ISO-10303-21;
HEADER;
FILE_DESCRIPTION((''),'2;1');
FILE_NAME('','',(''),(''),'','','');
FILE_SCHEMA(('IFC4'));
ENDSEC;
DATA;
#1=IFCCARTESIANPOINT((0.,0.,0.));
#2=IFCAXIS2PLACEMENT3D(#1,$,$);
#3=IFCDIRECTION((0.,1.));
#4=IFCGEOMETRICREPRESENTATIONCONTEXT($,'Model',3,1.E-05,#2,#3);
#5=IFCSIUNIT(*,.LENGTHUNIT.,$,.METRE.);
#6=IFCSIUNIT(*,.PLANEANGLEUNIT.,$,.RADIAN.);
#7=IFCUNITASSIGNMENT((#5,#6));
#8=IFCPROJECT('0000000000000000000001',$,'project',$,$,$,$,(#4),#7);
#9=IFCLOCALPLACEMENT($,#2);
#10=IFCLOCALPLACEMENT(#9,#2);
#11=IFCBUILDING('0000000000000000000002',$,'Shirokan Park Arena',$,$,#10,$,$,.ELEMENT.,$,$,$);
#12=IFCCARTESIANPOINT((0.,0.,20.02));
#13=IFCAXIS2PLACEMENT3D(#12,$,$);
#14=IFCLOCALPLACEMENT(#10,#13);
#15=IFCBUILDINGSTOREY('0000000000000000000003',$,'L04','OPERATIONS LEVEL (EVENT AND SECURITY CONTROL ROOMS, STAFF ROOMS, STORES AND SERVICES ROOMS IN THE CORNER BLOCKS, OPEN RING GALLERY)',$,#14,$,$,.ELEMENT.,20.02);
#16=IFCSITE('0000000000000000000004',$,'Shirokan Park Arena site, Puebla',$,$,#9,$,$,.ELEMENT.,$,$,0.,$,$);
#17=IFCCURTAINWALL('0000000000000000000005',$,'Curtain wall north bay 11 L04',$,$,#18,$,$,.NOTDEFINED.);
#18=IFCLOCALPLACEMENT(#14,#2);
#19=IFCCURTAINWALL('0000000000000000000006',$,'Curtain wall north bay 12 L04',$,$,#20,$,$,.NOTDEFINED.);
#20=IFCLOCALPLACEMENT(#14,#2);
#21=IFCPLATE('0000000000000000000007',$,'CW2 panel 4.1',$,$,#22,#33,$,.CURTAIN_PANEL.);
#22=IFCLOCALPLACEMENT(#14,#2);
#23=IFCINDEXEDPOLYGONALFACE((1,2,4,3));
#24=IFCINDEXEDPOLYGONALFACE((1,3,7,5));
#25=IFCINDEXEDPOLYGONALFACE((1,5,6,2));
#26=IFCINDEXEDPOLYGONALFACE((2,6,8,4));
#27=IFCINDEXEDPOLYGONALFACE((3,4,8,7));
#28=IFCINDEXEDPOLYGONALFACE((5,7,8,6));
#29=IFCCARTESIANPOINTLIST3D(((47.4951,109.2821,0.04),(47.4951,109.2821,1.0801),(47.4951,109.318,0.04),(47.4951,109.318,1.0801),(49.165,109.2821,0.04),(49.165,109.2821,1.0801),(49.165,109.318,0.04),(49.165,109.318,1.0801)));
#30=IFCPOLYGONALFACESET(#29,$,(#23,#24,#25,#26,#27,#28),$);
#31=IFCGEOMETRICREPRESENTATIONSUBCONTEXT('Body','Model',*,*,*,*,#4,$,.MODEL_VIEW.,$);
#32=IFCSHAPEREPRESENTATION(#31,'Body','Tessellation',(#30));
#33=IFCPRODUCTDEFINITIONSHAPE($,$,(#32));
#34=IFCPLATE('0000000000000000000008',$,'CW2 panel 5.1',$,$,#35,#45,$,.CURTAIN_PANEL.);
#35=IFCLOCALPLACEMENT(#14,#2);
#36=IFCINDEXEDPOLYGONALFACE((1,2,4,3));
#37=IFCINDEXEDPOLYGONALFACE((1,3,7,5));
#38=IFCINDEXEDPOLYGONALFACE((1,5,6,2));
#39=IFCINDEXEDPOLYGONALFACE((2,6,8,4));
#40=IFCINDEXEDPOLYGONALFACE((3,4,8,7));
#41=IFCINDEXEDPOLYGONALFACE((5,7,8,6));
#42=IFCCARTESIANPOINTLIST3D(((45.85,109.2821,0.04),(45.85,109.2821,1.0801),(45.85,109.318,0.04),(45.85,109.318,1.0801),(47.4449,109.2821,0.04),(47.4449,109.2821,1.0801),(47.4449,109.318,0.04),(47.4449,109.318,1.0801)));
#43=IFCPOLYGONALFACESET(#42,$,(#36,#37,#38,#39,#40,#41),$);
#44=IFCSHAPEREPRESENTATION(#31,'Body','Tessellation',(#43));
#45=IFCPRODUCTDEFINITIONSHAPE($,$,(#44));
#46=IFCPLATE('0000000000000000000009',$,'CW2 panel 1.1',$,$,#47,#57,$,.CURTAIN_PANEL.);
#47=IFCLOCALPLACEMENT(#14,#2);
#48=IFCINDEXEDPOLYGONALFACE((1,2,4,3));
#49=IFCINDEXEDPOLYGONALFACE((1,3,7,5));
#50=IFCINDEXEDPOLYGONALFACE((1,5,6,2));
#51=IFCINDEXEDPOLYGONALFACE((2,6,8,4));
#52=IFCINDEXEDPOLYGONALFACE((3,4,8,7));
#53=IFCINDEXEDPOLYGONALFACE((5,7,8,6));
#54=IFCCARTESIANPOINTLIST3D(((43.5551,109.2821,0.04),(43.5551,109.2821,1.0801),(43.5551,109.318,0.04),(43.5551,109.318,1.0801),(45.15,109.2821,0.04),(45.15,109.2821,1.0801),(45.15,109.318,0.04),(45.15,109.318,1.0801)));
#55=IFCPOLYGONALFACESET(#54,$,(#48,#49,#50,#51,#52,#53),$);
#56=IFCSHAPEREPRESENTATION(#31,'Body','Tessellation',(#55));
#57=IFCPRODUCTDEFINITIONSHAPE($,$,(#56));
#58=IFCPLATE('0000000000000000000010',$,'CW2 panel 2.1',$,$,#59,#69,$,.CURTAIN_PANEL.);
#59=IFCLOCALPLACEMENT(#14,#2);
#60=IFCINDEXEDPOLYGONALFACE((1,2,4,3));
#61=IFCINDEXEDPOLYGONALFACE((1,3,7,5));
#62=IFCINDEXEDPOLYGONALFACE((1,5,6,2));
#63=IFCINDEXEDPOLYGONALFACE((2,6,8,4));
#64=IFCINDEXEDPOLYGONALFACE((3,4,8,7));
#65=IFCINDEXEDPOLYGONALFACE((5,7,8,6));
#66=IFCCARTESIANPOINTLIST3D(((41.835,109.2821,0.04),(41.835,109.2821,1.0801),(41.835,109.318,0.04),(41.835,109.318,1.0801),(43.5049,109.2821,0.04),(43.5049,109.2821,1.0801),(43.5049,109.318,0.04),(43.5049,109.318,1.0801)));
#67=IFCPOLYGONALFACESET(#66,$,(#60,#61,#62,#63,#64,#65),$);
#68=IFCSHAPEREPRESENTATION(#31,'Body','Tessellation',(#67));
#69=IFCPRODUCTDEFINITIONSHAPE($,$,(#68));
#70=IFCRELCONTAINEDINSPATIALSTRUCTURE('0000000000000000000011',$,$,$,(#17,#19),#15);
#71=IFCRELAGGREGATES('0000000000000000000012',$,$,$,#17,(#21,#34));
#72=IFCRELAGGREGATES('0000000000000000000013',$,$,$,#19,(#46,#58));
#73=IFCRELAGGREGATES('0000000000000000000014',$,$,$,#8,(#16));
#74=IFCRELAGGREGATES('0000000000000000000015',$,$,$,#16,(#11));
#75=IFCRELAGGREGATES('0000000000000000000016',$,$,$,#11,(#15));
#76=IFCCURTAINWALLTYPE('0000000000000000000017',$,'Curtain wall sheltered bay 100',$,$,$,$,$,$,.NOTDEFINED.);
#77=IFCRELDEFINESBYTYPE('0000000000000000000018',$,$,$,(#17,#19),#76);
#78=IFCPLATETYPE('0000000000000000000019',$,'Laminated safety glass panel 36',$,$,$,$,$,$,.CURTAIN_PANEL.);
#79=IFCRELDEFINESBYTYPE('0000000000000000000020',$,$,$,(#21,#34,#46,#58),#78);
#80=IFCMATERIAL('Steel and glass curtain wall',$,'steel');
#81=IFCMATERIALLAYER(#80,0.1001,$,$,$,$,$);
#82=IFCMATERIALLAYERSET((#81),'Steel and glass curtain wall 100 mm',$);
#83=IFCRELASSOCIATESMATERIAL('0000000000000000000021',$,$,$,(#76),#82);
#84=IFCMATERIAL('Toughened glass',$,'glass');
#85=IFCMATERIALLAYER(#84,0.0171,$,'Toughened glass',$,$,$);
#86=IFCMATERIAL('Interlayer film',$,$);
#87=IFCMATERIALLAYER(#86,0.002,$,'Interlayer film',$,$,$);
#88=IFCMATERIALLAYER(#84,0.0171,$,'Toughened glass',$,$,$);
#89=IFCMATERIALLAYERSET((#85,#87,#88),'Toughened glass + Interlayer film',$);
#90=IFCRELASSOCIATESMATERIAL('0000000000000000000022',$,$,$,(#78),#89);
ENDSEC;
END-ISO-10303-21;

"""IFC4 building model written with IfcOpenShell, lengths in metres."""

from ifc_helpers import new_model, si_unit, direction, frame, origin, origin_2d, place, context, subcontext, project, spatial, rectangle, extrude, material, layer, layer_set, type_object, element, aggregate, save


model = new_model("IFC4")

# Units and contexts
model_context = context("Model", 3, precision=1e-05, world=origin(), true_north=direction((0.0, 1.0)))
body_context = subcontext(model_context, "Body", "Model", "MODEL_VIEW")
ifc_project = project(units=[si_unit("LENGTHUNIT", "METRE"), si_unit("PLANEANGLEUNIT", "RADIAN")], contexts=[model_context])

# Site, building, storey
site_placement = place(None, origin())
site = spatial("IfcSite", under=ifc_project, at=site_placement, Name="Shirokan Park Arena site, Puebla", CompositionType="ELEMENT", RefElevation=0.0)
building_placement = place(site_placement, origin())
building = spatial("IfcBuilding", under=site, at=building_placement, Name="Shirokan Park Arena", CompositionType="ELEMENT")
storey_placement = place(building_placement, frame((0.0, 0.0, 20.02)))
storey = spatial("IfcBuildingStorey", under=building, at=storey_placement, Name="L04", Description="OPERATIONS LEVEL (EVENT AND SECURITY CONTROL ROOMS, STAFF ROOMS, STORES AND SERVICES ROOMS IN THE CORNER BLOCKS, OPEN RING GALLERY)", CompositionType="ELEMENT", Elevation=20.02)

# Curtain walls
ifc_material_1 = material(Name="Steel and glass curtain wall", Category="steel")
ifc_layer_1 = layer(ifc_material_1, 0.1001)
ifc_layer_set_1 = layer_set([ifc_layer_1], Name="Steel and glass curtain wall 100 mm")
curtain_wall_type = type_object("IfcCurtainWallType", Name="Curtain wall sheltered bay 100", PredefinedType="NOTDEFINED", material=ifc_layer_set_1)
curtain_wall_1_placement = place(storey_placement, origin())
curtain_wall_1 = element("IfcCurtainWall", 1, at=curtain_wall_1_placement, inside=storey, type_object=curtain_wall_type, Name="Curtain wall north bay 11 L04", PredefinedType="NOTDEFINED")
curtain_wall_2_placement = place(storey_placement, origin())
curtain_wall_2 = element("IfcCurtainWall", 2, at=curtain_wall_2_placement, inside=storey, type_object=curtain_wall_type, Name="Curtain wall north bay 12 L04", PredefinedType="NOTDEFINED")

# Plates
ifc_material_2 = material(Name="Toughened glass", Category="glass")
ifc_material_3 = material(Name="Interlayer film")
ifc_layer_2 = layer(ifc_material_2, 0.0171, Name="Toughened glass")
ifc_layer_3 = layer(ifc_material_3, 0.002, Name="Interlayer film")
ifc_layer_4 = layer(ifc_material_2, 0.0171, Name="Toughened glass")
ifc_layer_set_2 = layer_set([ifc_layer_2, ifc_layer_3, ifc_layer_4], Name="Toughened glass + Interlayer film")
plate_type_1 = type_object("IfcPlateType", Name="Laminated safety glass panel 36", PredefinedType="CURTAIN_PANEL", material=ifc_layer_set_2)
plate_1_placement = place(storey_placement, frame((48.3301, 109.3, 0.04), z_axis=(0.0, 0.0, 1.0), x_axis=(-1.0, 0.0, 0.0)))
plate_1 = element("IfcPlate", 3, at=plate_1_placement, type_object=plate_type_1, Name="CW2 panel 4.1", PredefinedType="CURTAIN_PANEL", context=body_context, shape_type="SweptSolid", body=[
    extrude(rectangle(XDim=1.6699, YDim=0.0359, at=origin_2d()), origin(), (0.0, 0.0, 1.0), 1.04),
])
plate_2_placement = place(storey_placement, frame((46.6475, 109.3, 0.04), z_axis=(0.0, 0.0, 1.0), x_axis=(-1.0, 0.0, 0.0)))
plate_2 = element("IfcPlate", 4, at=plate_2_placement, type_object=plate_type_1, Name="CW2 panel 5.1", PredefinedType="CURTAIN_PANEL", context=body_context, shape_type="SweptSolid", body=[
    extrude(rectangle(XDim=1.595, YDim=0.0359, at=origin_2d()), origin(), (0.0, 0.0, 1.0), 1.04),
])
aggregate(curtain_wall_1, [plate_1, plate_2])
plate_3_placement = place(storey_placement, frame((44.3525, 109.3, 0.04), z_axis=(0.0, 0.0, 1.0), x_axis=(-1.0, 0.0, 0.0)))
plate_3 = element("IfcPlate", 5, at=plate_3_placement, type_object=plate_type_1, Name="CW2 panel 1.1", PredefinedType="CURTAIN_PANEL", context=body_context, shape_type="SweptSolid", body=[
    extrude(rectangle(XDim=1.595, YDim=0.0359, at=origin_2d()), origin(), (0.0, 0.0, 1.0), 1.04),
])
plate_4_placement = place(storey_placement, frame((42.6699, 109.3, 0.04), z_axis=(0.0, 0.0, 1.0), x_axis=(-1.0, 0.0, 0.0)))
plate_4 = element("IfcPlate", 6, at=plate_4_placement, type_object=plate_type_1, Name="CW2 panel 2.1", PredefinedType="CURTAIN_PANEL", context=body_context, shape_type="SweptSolid", body=[
    extrude(rectangle(XDim=1.6699, YDim=0.0359, at=origin_2d()), origin(), (0.0, 0.0, 1.0), 1.04),
])
aggregate(curtain_wall_2, [plate_3, plate_4])

save(model, "model.ifc")
